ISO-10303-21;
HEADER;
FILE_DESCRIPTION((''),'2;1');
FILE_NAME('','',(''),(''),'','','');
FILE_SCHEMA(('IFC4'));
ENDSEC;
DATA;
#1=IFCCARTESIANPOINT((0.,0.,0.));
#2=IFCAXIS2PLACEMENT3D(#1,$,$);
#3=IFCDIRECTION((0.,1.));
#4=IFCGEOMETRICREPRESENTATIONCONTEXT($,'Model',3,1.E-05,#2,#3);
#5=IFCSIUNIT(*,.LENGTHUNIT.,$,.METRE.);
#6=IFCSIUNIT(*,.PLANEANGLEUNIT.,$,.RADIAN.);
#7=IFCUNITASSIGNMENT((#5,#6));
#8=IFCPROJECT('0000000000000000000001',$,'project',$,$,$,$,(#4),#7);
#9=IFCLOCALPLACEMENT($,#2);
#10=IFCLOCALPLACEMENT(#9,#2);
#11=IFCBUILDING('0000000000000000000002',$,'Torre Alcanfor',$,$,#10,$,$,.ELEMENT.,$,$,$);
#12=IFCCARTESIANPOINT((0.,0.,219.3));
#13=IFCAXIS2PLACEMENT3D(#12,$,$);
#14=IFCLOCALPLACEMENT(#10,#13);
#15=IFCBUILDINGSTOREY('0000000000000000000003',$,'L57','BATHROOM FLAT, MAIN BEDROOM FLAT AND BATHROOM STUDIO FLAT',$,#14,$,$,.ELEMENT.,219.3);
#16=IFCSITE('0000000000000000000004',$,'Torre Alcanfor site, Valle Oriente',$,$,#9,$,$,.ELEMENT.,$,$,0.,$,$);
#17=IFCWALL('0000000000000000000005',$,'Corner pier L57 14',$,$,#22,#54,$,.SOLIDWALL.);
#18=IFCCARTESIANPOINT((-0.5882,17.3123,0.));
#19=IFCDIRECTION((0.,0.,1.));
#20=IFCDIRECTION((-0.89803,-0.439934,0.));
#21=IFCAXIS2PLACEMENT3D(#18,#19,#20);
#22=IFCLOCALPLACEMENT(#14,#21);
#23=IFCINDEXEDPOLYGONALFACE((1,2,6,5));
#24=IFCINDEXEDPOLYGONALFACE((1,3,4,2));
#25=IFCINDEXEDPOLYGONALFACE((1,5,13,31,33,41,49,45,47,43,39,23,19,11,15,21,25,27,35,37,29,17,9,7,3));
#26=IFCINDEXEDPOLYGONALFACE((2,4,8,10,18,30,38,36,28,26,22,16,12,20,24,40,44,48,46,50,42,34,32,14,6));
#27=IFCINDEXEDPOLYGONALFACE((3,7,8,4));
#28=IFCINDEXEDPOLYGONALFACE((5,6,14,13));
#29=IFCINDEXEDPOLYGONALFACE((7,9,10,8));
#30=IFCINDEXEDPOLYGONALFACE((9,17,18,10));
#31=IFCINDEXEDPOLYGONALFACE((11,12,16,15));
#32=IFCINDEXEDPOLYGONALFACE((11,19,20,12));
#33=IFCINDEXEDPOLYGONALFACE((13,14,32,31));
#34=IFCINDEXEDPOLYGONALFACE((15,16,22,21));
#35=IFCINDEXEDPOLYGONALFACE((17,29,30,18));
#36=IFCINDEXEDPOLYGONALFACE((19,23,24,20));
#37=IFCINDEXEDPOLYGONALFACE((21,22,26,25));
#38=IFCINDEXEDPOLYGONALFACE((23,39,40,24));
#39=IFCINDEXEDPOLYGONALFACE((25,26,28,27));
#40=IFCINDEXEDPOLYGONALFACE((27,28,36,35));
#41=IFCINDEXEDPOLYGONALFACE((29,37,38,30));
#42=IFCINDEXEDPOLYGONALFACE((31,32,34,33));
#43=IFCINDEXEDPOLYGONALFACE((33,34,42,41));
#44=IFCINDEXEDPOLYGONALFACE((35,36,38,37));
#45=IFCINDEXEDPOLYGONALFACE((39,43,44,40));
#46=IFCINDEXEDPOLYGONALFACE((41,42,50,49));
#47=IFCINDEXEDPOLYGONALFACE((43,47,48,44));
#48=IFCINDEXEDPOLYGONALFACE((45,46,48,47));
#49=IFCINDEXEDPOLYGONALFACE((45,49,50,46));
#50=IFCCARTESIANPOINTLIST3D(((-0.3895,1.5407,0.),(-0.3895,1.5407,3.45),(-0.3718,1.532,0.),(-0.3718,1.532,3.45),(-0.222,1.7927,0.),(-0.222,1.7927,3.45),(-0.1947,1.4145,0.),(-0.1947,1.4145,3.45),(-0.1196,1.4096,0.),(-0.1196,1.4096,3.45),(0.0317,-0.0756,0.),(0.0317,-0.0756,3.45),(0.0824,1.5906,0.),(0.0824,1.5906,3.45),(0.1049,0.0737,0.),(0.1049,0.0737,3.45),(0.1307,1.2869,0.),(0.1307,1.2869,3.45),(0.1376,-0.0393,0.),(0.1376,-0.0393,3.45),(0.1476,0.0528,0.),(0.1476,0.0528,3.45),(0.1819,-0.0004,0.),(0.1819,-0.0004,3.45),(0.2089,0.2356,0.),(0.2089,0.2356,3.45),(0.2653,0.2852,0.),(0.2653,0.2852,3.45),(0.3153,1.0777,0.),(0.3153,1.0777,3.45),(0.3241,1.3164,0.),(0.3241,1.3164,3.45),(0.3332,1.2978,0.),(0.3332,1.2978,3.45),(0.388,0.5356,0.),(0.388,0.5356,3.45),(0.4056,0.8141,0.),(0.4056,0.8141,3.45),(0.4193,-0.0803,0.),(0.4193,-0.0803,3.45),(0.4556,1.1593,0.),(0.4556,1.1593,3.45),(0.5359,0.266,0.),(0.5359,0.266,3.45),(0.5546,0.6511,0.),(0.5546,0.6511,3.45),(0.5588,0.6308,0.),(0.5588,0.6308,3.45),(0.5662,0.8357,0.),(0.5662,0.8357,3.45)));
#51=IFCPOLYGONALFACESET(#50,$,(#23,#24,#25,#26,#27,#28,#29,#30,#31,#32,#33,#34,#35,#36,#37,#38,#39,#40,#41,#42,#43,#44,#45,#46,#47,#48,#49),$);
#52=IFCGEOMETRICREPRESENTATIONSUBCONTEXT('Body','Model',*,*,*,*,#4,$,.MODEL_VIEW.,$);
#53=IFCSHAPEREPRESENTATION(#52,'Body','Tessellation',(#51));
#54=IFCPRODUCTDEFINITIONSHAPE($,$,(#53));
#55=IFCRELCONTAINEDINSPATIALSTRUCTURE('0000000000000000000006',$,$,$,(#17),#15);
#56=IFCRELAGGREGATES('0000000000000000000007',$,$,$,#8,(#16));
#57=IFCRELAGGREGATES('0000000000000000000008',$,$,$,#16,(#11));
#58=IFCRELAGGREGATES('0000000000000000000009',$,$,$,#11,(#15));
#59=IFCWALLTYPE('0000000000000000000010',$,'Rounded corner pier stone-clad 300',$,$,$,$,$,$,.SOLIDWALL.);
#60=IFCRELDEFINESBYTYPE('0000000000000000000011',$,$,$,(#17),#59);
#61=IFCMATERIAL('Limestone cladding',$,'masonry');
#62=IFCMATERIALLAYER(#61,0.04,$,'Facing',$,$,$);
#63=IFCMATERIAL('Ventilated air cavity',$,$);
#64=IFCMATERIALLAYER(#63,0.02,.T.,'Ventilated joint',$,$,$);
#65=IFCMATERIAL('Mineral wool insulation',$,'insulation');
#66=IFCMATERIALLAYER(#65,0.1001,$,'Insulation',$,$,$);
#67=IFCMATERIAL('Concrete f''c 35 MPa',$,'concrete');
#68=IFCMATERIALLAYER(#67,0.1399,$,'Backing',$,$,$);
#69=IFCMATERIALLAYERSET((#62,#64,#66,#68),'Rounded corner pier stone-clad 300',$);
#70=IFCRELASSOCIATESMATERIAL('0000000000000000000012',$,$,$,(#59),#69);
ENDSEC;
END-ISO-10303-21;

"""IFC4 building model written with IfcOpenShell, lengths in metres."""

from ifc_helpers import new_model, si_unit, direction, frame, origin, place, context, subcontext, project, spatial, polyline, outline, extrude, material, layer, layer_set, type_object, element, save


model = new_model("IFC4")

# Units and contexts
model_context = context("Model", 3, precision=1e-05, world=origin(), true_north=direction((0.0, 1.0)))
body_context = subcontext(model_context, "Body", "Model", "MODEL_VIEW")
ifc_project = project(units=[si_unit("LENGTHUNIT", "METRE"), si_unit("PLANEANGLEUNIT", "RADIAN")], contexts=[model_context])

# Site, building, storey
site_placement = place(None, origin())
site = spatial("IfcSite", under=ifc_project, at=site_placement, Name="Torre Alcanfor site, Valle Oriente", CompositionType="ELEMENT", RefElevation=0.0)
building_placement = place(site_placement, origin())
building = spatial("IfcBuilding", under=site, at=building_placement, Name="Torre Alcanfor", CompositionType="ELEMENT")
storey_placement = place(building_placement, frame((0.0, 0.0, 219.3)))
storey = spatial("IfcBuildingStorey", under=building, at=storey_placement, Name="L57", Description="BATHROOM FLAT, MAIN BEDROOM FLAT AND BATHROOM STUDIO FLAT", CompositionType="ELEMENT", Elevation=219.3)

# Wall
ifc_material_1 = material(Name="Limestone cladding", Category="masonry")
ifc_layer_1 = layer(ifc_material_1, 0.04, Name="Facing")
ifc_material_2 = material(Name="Ventilated air cavity")
ifc_layer_2 = layer(ifc_material_2, 0.02, ventilated=True, Name="Ventilated joint")
ifc_material_3 = material(Name="Mineral wool insulation", Category="insulation")
ifc_layer_3 = layer(ifc_material_3, 0.1001, Name="Insulation")
ifc_material_4 = material(Name="Concrete f'c 35 MPa", Category="concrete")
ifc_layer_4 = layer(ifc_material_4, 0.1399, Name="Backing")
ifc_layer_set_1 = layer_set([ifc_layer_1, ifc_layer_2, ifc_layer_3, ifc_layer_4], Name="Rounded corner pier stone-clad 300")
wall_type_1 = type_object("IfcWallType", Name="Rounded corner pier stone-clad 300", PredefinedType="SOLIDWALL", material=ifc_layer_set_1)
wall_1_placement = place(storey_placement, frame((-0.5882, 17.3123, 0.0), z_axis=(0.0, 0.0, 1.0), x_axis=(-0.89803, -0.439934, 0.0)))
element("IfcWall", 1, at=wall_1_placement, inside=storey, type_object=wall_type_1, Name="Corner pier L57 14", PredefinedType="SOLIDWALL", context=body_context, shape_type="SweptSolid", body=[
    extrude(outline(polyline([(-0.222, 1.7927), (-0.3895, 1.5407), (-0.3718, 1.532), (-0.1947, 1.4145), (-0.1196, 1.4096), (0.1307, 1.2869), (0.3153, 1.0777), (0.4056, 0.8141), (0.388, 0.5356), (0.2653, 0.2852), (0.2089, 0.2356), (0.1476, 0.0528), (0.1049, 0.0737), (0.0317, -0.0756), (0.1376, -0.0393), (0.1819, -0.0004), (0.4193, -0.0803), (0.5359, 0.266), (0.5588, 0.6308), (0.5546, 0.6511), (0.5662, 0.8357), (0.4556, 1.1593), (0.3332, 1.2978), (0.3241, 1.3164), (0.0824, 1.5906), (-0.222, 1.7927)])), origin(), (0.0, 0.0, 1.0), 3.45),
])

save(model, "model.ifc")
